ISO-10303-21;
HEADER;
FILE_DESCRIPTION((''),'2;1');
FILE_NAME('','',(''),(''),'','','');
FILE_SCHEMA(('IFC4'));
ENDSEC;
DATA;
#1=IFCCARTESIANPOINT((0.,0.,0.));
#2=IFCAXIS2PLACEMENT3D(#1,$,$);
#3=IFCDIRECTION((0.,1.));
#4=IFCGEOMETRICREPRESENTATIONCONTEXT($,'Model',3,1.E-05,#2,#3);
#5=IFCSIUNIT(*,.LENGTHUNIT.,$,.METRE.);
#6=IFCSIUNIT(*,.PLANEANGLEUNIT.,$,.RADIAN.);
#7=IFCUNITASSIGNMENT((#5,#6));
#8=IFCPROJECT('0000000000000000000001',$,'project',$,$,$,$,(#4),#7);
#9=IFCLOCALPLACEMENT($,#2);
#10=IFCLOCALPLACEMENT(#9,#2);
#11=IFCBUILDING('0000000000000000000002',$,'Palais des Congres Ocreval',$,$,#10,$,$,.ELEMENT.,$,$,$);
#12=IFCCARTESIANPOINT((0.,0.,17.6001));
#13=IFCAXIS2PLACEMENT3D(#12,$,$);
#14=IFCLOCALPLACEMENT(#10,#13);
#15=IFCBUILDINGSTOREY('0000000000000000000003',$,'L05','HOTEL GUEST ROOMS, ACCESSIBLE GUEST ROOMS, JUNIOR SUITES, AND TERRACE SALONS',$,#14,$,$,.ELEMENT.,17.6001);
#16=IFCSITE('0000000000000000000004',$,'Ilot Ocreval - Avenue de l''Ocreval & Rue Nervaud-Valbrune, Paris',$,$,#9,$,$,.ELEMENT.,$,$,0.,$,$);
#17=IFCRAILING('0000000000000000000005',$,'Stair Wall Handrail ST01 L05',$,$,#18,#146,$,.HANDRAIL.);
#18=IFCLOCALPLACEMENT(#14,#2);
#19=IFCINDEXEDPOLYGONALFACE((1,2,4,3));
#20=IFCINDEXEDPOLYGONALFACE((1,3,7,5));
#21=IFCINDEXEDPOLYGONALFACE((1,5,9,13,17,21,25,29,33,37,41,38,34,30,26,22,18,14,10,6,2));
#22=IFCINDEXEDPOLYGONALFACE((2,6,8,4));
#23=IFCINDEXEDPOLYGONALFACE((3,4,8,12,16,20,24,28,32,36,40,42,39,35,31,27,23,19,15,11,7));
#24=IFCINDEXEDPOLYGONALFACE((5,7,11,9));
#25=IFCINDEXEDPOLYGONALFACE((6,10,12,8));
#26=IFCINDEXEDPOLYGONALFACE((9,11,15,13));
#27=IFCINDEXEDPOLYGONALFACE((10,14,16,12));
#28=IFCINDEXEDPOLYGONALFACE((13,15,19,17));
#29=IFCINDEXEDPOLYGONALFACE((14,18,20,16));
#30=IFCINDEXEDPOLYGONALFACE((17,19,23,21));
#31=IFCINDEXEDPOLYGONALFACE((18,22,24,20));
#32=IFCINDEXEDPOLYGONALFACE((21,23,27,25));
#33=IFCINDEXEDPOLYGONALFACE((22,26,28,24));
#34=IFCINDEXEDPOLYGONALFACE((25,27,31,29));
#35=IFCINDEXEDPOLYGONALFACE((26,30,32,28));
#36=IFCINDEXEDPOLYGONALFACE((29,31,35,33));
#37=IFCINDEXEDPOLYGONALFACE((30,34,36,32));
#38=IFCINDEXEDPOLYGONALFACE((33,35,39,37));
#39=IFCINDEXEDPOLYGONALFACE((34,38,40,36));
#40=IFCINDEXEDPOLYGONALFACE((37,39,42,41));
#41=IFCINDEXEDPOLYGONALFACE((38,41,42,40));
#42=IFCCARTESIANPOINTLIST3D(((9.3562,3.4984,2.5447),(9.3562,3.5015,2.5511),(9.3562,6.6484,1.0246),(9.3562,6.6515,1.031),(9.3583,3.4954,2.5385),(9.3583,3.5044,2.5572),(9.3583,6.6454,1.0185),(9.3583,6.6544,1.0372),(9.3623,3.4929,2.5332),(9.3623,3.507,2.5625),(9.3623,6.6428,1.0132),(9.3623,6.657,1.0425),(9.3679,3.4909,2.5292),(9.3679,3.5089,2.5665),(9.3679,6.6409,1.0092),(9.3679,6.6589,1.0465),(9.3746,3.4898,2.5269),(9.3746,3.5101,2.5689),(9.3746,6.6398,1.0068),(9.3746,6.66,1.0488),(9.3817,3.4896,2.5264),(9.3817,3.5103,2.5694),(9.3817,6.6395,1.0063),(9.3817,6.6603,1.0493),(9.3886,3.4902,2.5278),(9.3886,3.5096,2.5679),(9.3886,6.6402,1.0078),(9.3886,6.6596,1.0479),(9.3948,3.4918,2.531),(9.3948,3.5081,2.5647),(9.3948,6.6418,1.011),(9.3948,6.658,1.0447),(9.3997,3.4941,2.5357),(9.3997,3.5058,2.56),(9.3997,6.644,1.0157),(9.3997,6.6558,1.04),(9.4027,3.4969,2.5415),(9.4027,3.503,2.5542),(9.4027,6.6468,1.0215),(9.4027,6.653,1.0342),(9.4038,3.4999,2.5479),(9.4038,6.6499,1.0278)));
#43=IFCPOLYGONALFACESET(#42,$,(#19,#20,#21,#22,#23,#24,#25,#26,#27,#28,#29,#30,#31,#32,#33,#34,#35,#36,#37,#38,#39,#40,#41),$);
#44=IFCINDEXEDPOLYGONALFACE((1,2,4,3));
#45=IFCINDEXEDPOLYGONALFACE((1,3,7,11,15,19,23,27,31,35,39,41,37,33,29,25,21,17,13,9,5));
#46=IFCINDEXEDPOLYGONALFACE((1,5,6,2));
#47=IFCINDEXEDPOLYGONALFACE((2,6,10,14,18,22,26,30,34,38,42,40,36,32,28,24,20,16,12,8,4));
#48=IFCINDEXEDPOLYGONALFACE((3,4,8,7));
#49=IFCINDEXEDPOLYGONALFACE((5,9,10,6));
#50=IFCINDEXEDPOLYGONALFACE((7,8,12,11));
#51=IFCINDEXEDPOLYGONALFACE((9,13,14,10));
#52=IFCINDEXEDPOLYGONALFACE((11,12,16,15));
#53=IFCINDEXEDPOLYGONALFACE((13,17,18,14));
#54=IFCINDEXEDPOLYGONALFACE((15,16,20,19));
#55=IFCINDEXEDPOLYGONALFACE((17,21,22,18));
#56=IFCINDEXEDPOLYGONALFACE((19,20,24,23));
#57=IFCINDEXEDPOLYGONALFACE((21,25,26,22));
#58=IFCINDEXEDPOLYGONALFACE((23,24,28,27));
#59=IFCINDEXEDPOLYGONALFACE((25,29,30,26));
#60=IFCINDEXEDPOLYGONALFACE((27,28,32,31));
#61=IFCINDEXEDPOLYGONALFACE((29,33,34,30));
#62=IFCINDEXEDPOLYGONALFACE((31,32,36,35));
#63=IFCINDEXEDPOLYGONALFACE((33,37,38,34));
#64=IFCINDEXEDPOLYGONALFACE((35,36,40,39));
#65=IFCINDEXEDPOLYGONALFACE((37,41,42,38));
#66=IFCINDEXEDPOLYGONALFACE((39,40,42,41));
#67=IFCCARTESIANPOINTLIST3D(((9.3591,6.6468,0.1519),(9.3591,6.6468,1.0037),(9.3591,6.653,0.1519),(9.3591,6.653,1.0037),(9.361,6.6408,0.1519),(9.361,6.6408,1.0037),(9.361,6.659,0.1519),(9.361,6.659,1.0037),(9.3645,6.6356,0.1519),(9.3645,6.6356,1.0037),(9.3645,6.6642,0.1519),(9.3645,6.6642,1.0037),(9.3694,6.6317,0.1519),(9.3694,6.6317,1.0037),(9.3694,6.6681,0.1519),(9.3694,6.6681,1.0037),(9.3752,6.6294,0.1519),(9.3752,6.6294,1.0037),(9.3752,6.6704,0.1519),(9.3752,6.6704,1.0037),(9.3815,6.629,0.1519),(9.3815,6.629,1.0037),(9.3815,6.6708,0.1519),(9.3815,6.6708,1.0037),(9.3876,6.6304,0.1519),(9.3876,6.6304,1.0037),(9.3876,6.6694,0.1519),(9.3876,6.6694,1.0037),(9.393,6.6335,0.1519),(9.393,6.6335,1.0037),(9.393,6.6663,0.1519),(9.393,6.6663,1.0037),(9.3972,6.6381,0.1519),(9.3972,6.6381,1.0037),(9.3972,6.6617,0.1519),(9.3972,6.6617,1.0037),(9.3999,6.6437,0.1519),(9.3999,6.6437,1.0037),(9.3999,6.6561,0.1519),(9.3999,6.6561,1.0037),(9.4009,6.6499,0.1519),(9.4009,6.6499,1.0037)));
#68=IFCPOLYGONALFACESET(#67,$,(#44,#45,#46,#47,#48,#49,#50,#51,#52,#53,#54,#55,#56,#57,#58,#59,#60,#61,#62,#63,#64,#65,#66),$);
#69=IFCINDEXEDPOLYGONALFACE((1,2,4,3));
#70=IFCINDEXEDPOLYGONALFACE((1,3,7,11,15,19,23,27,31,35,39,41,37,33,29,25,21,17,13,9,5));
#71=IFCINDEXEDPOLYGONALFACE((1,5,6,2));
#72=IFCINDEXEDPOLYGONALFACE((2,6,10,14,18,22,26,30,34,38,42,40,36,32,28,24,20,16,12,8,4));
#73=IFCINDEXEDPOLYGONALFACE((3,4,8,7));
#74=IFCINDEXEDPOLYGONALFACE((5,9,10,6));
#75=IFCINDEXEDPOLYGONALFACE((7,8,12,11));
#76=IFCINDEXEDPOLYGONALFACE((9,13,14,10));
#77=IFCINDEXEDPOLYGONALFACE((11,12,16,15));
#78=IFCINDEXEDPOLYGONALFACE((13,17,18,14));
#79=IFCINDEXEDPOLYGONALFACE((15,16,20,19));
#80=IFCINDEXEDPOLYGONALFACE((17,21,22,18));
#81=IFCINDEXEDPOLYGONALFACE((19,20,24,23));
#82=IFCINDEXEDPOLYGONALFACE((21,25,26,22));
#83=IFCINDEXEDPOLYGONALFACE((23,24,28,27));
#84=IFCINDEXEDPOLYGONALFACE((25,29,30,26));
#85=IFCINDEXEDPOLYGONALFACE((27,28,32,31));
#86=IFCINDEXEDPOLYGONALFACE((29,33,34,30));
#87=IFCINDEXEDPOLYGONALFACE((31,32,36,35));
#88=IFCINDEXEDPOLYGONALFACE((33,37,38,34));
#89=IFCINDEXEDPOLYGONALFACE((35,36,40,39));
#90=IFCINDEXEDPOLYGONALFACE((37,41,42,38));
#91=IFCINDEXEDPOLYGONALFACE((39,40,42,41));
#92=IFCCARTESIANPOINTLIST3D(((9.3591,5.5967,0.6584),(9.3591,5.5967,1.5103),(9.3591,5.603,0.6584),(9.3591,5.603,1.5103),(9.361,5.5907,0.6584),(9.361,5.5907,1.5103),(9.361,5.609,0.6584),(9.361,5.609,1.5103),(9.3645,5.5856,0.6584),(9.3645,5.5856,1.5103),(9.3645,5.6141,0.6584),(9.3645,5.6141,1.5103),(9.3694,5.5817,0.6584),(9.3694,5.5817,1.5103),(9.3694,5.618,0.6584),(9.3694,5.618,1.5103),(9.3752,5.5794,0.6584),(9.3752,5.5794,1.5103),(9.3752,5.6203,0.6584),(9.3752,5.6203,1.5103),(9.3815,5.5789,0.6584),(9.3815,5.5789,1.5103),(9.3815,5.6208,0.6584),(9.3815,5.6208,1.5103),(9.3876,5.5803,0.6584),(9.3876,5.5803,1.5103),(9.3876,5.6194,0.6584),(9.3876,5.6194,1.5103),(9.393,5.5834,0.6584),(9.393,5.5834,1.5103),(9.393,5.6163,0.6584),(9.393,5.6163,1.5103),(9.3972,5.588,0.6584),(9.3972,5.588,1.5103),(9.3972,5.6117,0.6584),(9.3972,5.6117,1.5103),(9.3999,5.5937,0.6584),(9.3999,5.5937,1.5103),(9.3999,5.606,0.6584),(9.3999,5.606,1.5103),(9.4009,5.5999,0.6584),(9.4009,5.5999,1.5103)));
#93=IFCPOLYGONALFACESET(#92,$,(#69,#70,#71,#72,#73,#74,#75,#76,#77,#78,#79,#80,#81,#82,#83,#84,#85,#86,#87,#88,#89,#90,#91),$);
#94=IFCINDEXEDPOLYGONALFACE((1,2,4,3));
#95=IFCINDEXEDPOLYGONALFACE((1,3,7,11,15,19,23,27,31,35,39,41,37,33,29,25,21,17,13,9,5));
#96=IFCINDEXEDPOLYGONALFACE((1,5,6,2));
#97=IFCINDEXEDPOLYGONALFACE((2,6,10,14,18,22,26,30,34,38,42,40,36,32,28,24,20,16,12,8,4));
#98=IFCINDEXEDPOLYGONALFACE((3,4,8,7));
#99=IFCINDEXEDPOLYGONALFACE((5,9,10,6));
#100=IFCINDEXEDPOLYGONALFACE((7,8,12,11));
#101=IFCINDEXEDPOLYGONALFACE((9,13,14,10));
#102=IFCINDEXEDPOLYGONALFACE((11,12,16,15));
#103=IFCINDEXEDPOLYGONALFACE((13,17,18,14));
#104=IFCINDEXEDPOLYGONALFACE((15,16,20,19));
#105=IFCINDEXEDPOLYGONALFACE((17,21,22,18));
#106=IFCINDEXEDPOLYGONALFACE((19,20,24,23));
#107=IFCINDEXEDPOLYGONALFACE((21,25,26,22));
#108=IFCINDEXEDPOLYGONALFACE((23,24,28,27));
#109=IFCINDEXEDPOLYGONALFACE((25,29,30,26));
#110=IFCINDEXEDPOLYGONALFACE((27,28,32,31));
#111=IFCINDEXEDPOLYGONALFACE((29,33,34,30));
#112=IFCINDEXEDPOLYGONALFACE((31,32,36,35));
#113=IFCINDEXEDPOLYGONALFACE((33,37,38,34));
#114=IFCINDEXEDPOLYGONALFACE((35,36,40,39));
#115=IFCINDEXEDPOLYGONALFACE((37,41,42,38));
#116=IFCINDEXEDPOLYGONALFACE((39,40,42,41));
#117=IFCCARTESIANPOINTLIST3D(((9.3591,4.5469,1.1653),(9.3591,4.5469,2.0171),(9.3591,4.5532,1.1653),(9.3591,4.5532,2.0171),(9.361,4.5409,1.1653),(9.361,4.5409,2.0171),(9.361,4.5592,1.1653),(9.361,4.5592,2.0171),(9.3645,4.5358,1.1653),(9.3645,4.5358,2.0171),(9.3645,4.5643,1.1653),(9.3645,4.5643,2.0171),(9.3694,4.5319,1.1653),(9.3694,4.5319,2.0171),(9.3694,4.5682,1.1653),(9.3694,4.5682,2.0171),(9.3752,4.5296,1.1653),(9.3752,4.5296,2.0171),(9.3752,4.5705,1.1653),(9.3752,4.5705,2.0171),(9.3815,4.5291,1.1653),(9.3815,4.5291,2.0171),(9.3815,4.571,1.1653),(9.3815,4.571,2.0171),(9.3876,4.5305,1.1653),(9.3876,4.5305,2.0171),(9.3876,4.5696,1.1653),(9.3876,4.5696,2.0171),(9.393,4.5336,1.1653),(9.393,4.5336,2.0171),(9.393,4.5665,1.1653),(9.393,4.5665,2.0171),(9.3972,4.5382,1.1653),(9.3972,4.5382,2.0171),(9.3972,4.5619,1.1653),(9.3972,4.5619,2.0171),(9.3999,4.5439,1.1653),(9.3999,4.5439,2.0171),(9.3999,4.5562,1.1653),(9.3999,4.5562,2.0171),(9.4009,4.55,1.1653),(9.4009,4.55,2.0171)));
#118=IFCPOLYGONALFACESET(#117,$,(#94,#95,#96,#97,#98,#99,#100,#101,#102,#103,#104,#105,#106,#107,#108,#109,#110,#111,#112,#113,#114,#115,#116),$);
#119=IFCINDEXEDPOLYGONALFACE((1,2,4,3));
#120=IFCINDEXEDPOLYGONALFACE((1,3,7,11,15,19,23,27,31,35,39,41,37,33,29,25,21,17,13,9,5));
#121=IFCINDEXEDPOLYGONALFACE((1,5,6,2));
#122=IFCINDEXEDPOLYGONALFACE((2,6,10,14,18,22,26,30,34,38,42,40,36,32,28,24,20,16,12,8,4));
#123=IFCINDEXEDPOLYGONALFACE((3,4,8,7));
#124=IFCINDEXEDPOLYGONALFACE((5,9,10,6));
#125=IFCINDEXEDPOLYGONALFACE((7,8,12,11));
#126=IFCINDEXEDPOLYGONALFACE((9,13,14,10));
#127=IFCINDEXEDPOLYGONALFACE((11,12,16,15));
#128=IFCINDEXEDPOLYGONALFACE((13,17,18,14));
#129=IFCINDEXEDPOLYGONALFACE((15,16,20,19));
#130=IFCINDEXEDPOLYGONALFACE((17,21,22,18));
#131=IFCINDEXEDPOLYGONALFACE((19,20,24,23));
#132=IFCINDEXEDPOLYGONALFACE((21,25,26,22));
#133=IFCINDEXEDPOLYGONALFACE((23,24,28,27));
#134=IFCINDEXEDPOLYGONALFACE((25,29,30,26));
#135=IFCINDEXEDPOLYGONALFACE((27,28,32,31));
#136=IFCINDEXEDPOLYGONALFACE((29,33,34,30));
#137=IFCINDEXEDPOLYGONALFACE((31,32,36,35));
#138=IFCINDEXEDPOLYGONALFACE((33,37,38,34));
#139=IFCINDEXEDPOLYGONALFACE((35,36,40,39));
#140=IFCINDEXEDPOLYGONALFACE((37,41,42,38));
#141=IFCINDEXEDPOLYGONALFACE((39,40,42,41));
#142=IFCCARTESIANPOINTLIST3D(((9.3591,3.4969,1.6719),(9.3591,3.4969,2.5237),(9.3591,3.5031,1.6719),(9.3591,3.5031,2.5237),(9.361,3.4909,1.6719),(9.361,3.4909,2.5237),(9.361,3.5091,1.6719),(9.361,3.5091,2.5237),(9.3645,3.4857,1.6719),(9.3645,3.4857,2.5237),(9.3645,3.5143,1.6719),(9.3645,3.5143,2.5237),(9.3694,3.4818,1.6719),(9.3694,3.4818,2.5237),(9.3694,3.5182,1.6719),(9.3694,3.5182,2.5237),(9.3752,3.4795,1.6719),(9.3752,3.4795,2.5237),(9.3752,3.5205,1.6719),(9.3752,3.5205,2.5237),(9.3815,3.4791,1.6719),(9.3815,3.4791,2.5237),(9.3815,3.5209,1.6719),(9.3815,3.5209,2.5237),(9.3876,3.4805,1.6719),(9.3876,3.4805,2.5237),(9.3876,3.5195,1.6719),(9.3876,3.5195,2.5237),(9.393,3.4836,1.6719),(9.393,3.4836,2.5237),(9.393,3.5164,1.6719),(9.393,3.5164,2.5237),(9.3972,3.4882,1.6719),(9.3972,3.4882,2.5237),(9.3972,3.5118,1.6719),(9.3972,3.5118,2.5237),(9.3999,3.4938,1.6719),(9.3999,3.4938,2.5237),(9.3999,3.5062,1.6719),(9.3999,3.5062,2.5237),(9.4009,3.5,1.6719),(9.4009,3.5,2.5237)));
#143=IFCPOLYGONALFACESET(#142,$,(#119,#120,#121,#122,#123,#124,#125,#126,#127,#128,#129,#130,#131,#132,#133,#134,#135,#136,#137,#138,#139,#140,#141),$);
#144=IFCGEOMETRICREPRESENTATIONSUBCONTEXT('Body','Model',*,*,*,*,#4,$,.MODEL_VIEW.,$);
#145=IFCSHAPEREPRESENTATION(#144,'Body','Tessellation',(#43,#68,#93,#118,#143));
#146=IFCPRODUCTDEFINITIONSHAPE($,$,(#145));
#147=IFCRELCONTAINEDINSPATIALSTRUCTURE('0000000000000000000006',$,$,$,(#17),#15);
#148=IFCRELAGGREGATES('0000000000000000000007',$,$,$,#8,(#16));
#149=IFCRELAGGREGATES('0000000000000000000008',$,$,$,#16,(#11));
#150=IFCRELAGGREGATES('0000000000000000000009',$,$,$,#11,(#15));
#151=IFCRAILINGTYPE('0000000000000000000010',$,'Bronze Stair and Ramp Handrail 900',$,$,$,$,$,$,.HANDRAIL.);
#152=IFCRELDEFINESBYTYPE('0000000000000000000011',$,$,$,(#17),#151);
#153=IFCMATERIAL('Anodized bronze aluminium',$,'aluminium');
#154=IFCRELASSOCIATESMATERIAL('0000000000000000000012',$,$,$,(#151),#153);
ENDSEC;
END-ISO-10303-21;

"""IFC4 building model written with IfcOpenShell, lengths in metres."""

from ifc_helpers import new_model, si_unit, direction, frame, origin, origin_2d, place, context, subcontext, project, spatial, circle, extrude, material, type_object, element, save


model = new_model("IFC4")

# Units and contexts
model_context = context("Model", 3, precision=1e-05, world=origin(), true_north=direction((0.0, 1.0)))
body_context = subcontext(model_context, "Body", "Model", "MODEL_VIEW")
ifc_project = project(units=[si_unit("LENGTHUNIT", "METRE"), si_unit("PLANEANGLEUNIT", "RADIAN")], contexts=[model_context])

# Site, building, storey
site_placement = place(None, origin())
site = spatial("IfcSite", under=ifc_project, at=site_placement, Name="Ilot Ocreval - Avenue de l'Ocreval & Rue Nervaud-Valbrune, Paris", CompositionType="ELEMENT", RefElevation=0.0)
building_placement = place(site_placement, origin())
building = spatial("IfcBuilding", under=site, at=building_placement, Name="Palais des Congres Ocreval", CompositionType="ELEMENT")
storey_placement = place(building_placement, frame((0.0, 0.0, 17.6001)))
storey = spatial("IfcBuildingStorey", under=building, at=storey_placement, Name="L05", Description="HOTEL GUEST ROOMS, ACCESSIBLE GUEST ROOMS, JUNIOR SUITES, AND TERRACE SALONS", CompositionType="ELEMENT", Elevation=17.6001)

# Railing
ifc_material_1 = material(Name="Anodized bronze aluminium", Category="aluminium")
railing_type_1 = type_object("IfcRailingType", Name="Bronze Stair and Ramp Handrail 900", PredefinedType="HANDRAIL", material=ifc_material_1)
railing_1_placement = place(storey_placement, frame((9.3799, 6.6499, 0.1519)))
element("IfcRailing", 1, at=railing_1_placement, inside=storey, type_object=railing_type_1, Name="Stair Wall Handrail ST01 L05", PredefinedType="HANDRAIL", context=body_context, shape_type="SweptSolid", body=[
    extrude(circle(Radius=0.0239, at=origin_2d()), frame((0.0, 0.0, 0.876), z_axis=(0.0, -0.900621, 0.434605), x_axis=(1.0, 0.0, 0.0)), (0.0, 0.0, 1.0), 3.4976),
    extrude(circle(Radius=0.021, at=origin_2d()), origin(), (0.0, 0.0, 1.0), 0.8518),
    extrude(circle(Radius=0.021, at=origin_2d()), frame((0.0, -1.05, 0.5066)), (0.0, 0.0, 1.0), 0.8518),
    extrude(circle(Radius=0.021, at=origin_2d()), frame((0.0, -2.0999, 1.0134)), (0.0, 0.0, 1.0), 0.8518),
    extrude(circle(Radius=0.021, at=origin_2d()), frame((0.0, -3.1499, 1.52)), (0.0, 0.0, 1.0), 0.8518),
])

save(model, "model.ifc")
